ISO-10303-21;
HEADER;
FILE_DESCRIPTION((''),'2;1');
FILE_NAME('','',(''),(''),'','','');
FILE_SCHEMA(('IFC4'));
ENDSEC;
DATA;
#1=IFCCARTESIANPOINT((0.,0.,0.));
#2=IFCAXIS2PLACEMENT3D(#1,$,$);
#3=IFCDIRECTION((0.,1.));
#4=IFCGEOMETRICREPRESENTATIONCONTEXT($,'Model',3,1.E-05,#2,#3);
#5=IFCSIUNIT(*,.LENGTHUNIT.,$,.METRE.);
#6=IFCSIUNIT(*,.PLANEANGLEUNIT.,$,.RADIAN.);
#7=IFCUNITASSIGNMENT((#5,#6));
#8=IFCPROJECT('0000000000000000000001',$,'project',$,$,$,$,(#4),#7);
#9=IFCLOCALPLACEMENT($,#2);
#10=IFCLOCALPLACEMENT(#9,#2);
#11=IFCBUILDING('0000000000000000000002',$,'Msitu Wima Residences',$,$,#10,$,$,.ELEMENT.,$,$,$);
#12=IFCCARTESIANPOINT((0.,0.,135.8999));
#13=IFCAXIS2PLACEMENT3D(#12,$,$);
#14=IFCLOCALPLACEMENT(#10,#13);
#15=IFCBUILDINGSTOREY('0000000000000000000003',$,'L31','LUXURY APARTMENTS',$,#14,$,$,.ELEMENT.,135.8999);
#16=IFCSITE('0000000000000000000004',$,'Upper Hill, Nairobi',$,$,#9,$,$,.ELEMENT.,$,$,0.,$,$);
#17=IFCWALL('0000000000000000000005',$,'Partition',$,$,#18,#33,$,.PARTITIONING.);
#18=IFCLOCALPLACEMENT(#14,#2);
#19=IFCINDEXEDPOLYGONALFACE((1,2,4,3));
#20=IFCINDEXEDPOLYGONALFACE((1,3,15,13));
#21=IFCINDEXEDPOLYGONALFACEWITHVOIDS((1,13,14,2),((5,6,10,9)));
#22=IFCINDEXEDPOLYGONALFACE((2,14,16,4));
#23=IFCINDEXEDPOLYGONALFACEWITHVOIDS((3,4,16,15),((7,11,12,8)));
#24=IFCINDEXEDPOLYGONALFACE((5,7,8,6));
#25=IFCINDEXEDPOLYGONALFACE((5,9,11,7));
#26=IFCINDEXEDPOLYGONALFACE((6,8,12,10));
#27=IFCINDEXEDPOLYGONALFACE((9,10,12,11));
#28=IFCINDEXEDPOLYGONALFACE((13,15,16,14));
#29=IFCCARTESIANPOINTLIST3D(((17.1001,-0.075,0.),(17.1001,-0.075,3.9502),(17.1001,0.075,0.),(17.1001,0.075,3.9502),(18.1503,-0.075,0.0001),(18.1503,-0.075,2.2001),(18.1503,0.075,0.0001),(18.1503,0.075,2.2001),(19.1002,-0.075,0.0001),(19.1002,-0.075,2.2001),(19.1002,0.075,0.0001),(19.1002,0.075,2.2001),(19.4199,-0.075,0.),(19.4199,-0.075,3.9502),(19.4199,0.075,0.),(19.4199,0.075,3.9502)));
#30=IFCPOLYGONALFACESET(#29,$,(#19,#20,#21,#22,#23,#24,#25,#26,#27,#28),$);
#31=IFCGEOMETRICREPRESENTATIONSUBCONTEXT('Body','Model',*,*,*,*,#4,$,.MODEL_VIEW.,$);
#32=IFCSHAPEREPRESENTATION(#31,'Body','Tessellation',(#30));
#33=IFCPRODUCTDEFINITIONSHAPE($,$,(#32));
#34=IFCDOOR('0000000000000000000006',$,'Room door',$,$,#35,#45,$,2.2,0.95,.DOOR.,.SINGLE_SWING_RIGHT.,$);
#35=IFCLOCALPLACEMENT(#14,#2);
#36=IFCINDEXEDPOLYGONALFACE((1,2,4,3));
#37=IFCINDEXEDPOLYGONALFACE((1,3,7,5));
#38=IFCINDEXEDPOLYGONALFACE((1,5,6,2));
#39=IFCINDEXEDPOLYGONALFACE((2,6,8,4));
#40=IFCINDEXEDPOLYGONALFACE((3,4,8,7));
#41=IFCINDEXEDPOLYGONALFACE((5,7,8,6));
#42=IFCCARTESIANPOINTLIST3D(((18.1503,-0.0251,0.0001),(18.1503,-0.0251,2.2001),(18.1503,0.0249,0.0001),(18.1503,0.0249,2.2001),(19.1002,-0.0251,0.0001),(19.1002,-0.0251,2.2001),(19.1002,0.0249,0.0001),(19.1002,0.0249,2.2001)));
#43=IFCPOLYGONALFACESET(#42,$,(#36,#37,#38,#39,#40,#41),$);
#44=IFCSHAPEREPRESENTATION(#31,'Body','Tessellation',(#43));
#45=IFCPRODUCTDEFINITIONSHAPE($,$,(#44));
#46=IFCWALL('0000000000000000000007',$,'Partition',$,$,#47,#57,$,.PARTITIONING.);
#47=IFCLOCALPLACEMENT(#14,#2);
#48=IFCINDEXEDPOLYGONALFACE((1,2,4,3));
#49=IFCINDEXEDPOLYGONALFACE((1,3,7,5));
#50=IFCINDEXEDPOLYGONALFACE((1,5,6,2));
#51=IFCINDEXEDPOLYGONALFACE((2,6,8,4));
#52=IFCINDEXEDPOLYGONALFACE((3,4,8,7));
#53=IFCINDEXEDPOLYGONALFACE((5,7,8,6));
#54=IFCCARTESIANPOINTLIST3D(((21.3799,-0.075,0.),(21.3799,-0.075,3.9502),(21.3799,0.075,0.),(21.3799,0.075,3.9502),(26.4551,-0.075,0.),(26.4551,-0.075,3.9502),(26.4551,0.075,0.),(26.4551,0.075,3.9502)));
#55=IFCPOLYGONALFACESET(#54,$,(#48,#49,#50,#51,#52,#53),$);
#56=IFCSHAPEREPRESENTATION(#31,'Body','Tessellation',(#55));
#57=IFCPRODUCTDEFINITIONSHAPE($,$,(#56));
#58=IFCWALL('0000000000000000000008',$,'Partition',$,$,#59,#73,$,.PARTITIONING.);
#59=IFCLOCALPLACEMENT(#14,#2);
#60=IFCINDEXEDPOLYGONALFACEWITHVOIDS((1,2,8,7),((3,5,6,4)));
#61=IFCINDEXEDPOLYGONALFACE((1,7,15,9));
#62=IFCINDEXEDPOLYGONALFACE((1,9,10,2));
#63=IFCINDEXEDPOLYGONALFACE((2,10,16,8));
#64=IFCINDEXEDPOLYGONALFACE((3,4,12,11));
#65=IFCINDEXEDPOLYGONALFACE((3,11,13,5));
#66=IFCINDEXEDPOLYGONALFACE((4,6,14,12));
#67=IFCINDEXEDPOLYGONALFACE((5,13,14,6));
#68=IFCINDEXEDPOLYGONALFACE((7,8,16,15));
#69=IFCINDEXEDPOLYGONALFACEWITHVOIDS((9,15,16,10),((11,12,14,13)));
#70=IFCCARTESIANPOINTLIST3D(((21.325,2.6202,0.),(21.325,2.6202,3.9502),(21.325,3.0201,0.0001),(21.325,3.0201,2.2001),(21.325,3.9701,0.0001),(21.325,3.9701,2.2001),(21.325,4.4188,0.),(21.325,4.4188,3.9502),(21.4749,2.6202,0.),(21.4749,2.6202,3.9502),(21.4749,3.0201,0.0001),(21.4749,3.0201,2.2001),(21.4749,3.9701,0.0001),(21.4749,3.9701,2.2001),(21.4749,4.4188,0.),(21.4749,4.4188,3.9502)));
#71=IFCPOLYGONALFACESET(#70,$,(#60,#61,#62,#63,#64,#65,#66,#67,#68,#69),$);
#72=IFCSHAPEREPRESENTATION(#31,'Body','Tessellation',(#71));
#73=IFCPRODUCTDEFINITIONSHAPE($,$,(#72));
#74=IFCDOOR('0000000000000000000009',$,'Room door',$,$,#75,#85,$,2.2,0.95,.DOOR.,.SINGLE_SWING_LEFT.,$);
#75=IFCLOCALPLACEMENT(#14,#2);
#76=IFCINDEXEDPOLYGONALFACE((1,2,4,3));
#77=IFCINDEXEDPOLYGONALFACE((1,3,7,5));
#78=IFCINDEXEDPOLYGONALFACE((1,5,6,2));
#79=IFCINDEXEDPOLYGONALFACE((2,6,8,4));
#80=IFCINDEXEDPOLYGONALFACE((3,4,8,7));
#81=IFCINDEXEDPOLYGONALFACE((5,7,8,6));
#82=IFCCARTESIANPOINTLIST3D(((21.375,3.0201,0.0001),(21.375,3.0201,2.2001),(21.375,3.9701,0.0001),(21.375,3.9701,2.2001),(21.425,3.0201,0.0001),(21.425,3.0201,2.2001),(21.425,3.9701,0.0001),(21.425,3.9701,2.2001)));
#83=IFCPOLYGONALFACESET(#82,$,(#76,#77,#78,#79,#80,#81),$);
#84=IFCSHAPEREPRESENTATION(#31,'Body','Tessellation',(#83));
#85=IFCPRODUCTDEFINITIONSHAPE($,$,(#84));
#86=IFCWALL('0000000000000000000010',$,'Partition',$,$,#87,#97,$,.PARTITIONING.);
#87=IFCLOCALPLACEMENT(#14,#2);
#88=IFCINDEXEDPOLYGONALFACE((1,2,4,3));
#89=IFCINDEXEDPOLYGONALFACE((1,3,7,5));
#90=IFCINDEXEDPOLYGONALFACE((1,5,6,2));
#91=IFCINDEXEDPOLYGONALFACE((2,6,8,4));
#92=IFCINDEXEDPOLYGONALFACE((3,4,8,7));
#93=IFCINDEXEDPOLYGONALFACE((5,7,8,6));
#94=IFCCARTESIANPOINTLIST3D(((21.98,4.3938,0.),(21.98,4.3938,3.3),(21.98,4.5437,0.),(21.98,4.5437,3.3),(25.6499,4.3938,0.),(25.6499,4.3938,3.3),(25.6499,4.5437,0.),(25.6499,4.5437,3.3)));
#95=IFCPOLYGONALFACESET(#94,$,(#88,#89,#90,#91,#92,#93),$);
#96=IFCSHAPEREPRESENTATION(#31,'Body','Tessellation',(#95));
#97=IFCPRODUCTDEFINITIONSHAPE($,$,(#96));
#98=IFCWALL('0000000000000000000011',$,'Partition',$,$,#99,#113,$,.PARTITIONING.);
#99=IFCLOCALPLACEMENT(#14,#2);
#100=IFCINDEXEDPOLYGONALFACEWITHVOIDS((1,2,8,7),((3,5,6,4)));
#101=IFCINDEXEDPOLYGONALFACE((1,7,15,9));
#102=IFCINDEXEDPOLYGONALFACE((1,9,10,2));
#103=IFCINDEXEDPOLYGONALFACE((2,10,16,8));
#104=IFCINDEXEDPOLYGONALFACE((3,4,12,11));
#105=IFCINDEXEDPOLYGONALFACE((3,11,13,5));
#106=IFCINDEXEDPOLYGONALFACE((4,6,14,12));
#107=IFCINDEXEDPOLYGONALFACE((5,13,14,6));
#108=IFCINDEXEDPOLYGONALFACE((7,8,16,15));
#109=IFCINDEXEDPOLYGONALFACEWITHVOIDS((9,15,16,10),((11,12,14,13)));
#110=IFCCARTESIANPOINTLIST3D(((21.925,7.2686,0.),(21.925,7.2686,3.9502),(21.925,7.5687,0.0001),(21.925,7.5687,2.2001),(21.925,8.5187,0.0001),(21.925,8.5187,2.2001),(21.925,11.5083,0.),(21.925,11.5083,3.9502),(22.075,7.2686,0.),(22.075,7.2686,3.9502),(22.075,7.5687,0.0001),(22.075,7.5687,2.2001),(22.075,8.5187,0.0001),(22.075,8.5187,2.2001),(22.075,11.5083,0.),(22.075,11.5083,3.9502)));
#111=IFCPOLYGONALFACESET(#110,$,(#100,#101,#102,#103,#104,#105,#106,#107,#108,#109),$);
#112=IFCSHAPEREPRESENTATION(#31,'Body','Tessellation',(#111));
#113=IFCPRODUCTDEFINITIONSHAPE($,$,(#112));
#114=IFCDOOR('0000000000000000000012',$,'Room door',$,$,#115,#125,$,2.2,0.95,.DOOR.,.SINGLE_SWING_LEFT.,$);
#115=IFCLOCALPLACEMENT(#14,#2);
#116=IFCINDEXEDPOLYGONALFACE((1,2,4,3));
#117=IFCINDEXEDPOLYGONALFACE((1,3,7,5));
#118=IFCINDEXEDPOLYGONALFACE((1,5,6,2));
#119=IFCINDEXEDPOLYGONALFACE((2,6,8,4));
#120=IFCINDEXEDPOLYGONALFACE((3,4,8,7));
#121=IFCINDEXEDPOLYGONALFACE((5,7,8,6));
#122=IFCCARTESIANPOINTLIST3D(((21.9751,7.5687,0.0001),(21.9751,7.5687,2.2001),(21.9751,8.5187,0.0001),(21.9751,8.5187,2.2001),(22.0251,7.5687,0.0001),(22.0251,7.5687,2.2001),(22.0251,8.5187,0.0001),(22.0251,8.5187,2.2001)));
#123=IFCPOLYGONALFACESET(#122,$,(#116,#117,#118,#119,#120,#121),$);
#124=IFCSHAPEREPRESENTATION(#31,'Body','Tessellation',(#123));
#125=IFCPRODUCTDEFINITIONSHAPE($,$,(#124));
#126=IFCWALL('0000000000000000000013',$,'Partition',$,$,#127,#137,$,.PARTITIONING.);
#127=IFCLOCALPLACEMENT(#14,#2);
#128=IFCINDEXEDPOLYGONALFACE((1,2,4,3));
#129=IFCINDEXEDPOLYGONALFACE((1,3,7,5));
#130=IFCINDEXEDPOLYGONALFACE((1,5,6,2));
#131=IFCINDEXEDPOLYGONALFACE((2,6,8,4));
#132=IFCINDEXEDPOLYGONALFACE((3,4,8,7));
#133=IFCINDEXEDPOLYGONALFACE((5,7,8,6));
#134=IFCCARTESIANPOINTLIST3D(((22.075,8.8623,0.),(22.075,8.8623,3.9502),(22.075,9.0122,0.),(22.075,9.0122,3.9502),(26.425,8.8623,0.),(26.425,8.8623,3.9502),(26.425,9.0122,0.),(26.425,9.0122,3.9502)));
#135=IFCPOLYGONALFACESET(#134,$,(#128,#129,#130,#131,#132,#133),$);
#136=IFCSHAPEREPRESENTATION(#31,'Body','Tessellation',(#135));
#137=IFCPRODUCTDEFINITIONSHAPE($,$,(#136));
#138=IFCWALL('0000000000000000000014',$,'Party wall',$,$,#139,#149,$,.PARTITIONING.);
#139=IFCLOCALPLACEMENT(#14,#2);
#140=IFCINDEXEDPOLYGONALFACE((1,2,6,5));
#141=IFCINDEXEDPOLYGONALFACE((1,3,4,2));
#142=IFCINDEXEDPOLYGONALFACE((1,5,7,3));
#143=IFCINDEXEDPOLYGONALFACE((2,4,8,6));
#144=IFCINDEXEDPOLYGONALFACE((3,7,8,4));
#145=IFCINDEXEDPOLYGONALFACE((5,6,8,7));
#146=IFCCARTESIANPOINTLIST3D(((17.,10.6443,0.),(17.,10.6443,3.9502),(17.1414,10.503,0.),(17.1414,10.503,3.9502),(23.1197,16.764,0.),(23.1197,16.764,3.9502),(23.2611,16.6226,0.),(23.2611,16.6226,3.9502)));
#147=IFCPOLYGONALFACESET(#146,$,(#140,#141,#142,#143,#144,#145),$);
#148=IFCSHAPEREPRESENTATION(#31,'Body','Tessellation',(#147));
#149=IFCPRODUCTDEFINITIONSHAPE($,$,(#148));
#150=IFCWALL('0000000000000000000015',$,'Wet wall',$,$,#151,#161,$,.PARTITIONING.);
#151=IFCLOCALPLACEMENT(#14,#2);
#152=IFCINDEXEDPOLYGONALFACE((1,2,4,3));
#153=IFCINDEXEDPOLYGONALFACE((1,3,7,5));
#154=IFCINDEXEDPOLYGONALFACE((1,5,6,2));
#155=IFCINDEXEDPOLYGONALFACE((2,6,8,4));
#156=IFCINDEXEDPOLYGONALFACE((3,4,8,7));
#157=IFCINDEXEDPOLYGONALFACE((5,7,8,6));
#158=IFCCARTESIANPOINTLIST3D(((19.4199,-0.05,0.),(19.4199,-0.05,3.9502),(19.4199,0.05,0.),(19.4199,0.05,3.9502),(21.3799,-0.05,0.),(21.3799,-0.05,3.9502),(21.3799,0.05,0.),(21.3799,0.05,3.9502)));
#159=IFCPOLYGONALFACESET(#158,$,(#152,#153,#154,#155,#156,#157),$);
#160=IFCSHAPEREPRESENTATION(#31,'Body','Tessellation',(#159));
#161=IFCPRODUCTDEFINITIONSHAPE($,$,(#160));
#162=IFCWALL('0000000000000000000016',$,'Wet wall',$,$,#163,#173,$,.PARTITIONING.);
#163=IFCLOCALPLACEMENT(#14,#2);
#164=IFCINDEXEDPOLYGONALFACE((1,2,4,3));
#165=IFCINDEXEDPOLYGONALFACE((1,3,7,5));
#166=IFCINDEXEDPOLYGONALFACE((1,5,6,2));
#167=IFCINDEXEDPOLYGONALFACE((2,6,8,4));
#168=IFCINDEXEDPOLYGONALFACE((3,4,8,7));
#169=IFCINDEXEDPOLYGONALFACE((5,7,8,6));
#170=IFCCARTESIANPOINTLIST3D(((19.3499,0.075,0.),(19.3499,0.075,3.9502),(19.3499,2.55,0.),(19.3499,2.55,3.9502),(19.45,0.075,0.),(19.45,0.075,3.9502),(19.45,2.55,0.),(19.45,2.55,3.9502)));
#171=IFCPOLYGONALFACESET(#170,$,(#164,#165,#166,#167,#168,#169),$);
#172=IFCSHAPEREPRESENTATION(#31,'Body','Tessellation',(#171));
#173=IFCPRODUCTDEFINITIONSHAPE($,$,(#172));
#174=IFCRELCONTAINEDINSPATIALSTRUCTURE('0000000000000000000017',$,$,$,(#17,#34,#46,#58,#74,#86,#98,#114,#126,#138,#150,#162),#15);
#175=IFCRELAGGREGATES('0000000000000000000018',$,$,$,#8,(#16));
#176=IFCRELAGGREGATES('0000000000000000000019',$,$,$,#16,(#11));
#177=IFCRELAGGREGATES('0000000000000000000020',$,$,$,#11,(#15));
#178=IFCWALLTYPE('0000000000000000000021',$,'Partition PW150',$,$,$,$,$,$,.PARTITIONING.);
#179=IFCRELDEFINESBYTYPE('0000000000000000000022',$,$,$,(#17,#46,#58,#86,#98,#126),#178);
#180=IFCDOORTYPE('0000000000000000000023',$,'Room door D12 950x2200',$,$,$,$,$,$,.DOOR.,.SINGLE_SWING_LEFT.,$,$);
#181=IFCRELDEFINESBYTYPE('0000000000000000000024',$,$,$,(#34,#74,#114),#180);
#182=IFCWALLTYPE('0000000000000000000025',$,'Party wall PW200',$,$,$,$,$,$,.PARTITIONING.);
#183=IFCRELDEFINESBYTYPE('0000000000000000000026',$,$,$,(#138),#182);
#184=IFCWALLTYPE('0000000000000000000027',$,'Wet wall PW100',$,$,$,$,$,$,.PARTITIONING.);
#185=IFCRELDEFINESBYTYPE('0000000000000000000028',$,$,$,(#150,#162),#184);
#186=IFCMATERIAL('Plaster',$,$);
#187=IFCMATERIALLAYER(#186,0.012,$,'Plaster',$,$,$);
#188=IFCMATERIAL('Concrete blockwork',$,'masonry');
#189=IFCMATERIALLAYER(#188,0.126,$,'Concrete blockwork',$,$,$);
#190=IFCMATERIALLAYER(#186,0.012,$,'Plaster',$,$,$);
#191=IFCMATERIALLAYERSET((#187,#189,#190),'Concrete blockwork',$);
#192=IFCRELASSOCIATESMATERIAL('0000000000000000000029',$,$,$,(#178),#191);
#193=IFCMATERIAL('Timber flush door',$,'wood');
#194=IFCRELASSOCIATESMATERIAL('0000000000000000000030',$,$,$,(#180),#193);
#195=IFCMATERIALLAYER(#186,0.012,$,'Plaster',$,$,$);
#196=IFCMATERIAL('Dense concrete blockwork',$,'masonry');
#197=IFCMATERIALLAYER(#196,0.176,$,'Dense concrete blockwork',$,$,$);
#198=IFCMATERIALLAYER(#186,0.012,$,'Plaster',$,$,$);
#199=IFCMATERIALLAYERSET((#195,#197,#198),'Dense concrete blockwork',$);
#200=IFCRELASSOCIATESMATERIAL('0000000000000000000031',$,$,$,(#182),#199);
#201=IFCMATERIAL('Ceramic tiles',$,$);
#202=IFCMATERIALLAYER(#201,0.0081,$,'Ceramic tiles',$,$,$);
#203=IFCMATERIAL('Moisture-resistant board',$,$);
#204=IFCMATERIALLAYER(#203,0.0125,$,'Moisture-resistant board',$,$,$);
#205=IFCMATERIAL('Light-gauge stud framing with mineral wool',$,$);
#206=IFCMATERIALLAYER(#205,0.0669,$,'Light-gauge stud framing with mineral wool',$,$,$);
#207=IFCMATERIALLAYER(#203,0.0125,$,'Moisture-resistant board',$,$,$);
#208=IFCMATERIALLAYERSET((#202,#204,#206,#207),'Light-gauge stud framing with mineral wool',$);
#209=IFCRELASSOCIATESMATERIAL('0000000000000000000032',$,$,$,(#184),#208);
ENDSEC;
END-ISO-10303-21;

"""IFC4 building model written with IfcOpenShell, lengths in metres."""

from ifc_helpers import new_model, si_unit, direction, frame, frame_2d, origin, place, context, subcontext, project, spatial, rectangle, extrude, material, layer, layer_set, type_object, element, fill, save


model = new_model("IFC4")

# Units and contexts
model_context = context("Model", 3, precision=1e-05, world=origin(), true_north=direction((0.0, 1.0)))
body_context = subcontext(model_context, "Body", "Model", "MODEL_VIEW")
ifc_project = project(units=[si_unit("LENGTHUNIT", "METRE"), si_unit("PLANEANGLEUNIT", "RADIAN")], contexts=[model_context])

# Site, building, storey
site_placement = place(None, origin())
site = spatial("IfcSite", under=ifc_project, at=site_placement, Name="Upper Hill, Nairobi", CompositionType="ELEMENT", RefElevation=0.0)
building_placement = place(site_placement, origin())
building = spatial("IfcBuilding", under=site, at=building_placement, Name="Msitu Wima Residences", CompositionType="ELEMENT")
storey_placement = place(building_placement, frame((0.0, 0.0, 135.8999)))
storey = spatial("IfcBuildingStorey", under=building, at=storey_placement, Name="L31", Description="LUXURY APARTMENTS", CompositionType="ELEMENT", Elevation=135.8999)

# Wall, opening, door
ifc_material_1 = material(Name="Plaster")
ifc_layer_1 = layer(ifc_material_1, 0.012, Name="Plaster")
ifc_material_2 = material(Name="Concrete blockwork", Category="masonry")
ifc_layer_2 = layer(ifc_material_2, 0.126, Name="Concrete blockwork")
ifc_layer_3 = layer(ifc_material_1, 0.012, Name="Plaster")
ifc_layer_set_1 = layer_set([ifc_layer_1, ifc_layer_2, ifc_layer_3], Name="Concrete blockwork")
wall_type_1 = type_object("IfcWallType", Name="Partition PW150", PredefinedType="PARTITIONING", material=ifc_layer_set_1)
wall_1_placement = place(storey_placement, frame((17.1001, 0.0, 0.0), z_axis=(0.0, 0.0, 1.0), x_axis=(1.0, 0.0, 0.0)))
wall_1 = element("IfcWall", 1, at=wall_1_placement, inside=storey, type_object=wall_type_1, Name="Partition", PredefinedType="PARTITIONING", context=body_context, shape_type="SweptSolid", body=[
    extrude(rectangle(XDim=2.3198, YDim=0.1499, at=frame_2d((1.1599, 0.0))), origin(), (0.0, 0.0, 1.0), 3.9502),
])
opening_1_placement = place(wall_1_placement, frame((1.05, 0.0, 0.0)))
opening_1 = element("IfcOpeningElement", 2, at=opening_1_placement, cuts=wall_1, PredefinedType="OPENING", context=body_context, shape_type="SweptSolid", body=[
    extrude(rectangle(XDim=0.95, YDim=2.2, at=frame_2d((0.4751, 1.1001))), frame((0.0, 0.085, 0.0), z_axis=(0.0, -1.0, 0.0), x_axis=(1.0, 0.0, 0.0)), (0.0, 0.0, 1.0), 0.1699),
])
ifc_material_3 = material(Name="Timber flush door", Category="wood")
door_type_1 = type_object("IfcDoorType", Name="Room door D12 950x2200", OperationType="SINGLE_SWING_LEFT", PredefinedType="DOOR", material=ifc_material_3)
door_1_placement = place(opening_1_placement, origin())
door_1 = element("IfcDoor", 3, at=door_1_placement, inside=storey, type_object=door_type_1, Name="Room door", OperationType="SINGLE_SWING_RIGHT", OverallHeight=2.2, OverallWidth=0.95, PredefinedType="DOOR", context=body_context, shape_type="SweptSolid", body=[
    extrude(rectangle(XDim=0.95, YDim=2.2, at=frame_2d((0.4751, 1.1001))), frame((0.0, 0.0249, 0.0), z_axis=(0.0, -1.0, 0.0), x_axis=(1.0, 0.0, 0.0)), (0.0, 0.0, 1.0), 0.05),
])
fill(opening_1, door_1)

# Wall
wall_2_placement = place(storey_placement, frame((21.3799, 0.0, 0.0), z_axis=(0.0, 0.0, 1.0), x_axis=(1.0, 0.0, 0.0)))
element("IfcWall", 4, at=wall_2_placement, inside=storey, type_object=wall_type_1, Name="Partition", PredefinedType="PARTITIONING", context=body_context, shape_type="SweptSolid", body=[
    extrude(rectangle(XDim=5.0752, YDim=0.1499, at=frame_2d((2.5376, 0.0))), origin(), (0.0, 0.0, 1.0), 3.9502),
])

# Wall, opening, door
wall_3_placement = place(storey_placement, frame((21.3999, 2.6201, 0.0), z_axis=(0.0, 0.0, 1.0), x_axis=(0.0, 1.0, 0.0)))
wall_3 = element("IfcWall", 5, at=wall_3_placement, inside=storey, type_object=wall_type_1, Name="Partition", PredefinedType="PARTITIONING", context=body_context, shape_type="SweptSolid", body=[
    extrude(rectangle(XDim=1.7986, YDim=0.1499, at=frame_2d((0.8994, 0.0))), origin(), (0.0, 0.0, 1.0), 3.9502),
])
opening_2_placement = place(wall_3_placement, frame((0.3999, 0.0, 0.0)))
opening_2 = element("IfcOpeningElement", 6, at=opening_2_placement, cuts=wall_3, PredefinedType="OPENING", context=body_context, shape_type="SweptSolid", body=[
    extrude(rectangle(XDim=0.95, YDim=2.2, at=frame_2d((0.4751, 1.1001))), frame((0.0, 0.085, 0.0), z_axis=(0.0, -1.0, 0.0), x_axis=(1.0, 0.0, 0.0)), (0.0, 0.0, 1.0), 0.1699),
])
door_2_placement = place(opening_2_placement, origin())
door_2 = element("IfcDoor", 7, at=door_2_placement, inside=storey, type_object=door_type_1, Name="Room door", OperationType="SINGLE_SWING_LEFT", OverallHeight=2.2, OverallWidth=0.95, PredefinedType="DOOR", context=body_context, shape_type="SweptSolid", body=[
    extrude(rectangle(XDim=0.95, YDim=2.2, at=frame_2d((0.4751, 1.1001))), frame((0.0, 0.0249, 0.0), z_axis=(0.0, -1.0, 0.0), x_axis=(1.0, 0.0, 0.0)), (0.0, 0.0, 1.0), 0.05),
])
fill(opening_2, door_2)

# Wall
wall_4_placement = place(storey_placement, frame((21.98, 4.4688, 0.0), z_axis=(0.0, 0.0, 1.0), x_axis=(1.0, 0.0, 0.0)))
element("IfcWall", 8, at=wall_4_placement, inside=storey, type_object=wall_type_1, Name="Partition", PredefinedType="PARTITIONING", context=body_context, shape_type="SweptSolid", body=[
    extrude(rectangle(XDim=3.6699, YDim=0.1499, at=frame_2d((1.835, 0.0))), origin(), (0.0, 0.0, 1.0), 3.3),
])

# Wall, opening, door
wall_5_placement = place(storey_placement, frame((22.0, 7.2686, 0.0), z_axis=(0.0, 0.0, 1.0), x_axis=(0.0, 1.0, 0.0)))
wall_5 = element("IfcWall", 9, at=wall_5_placement, inside=storey, type_object=wall_type_1, Name="Partition", PredefinedType="PARTITIONING", context=body_context, shape_type="SweptSolid", body=[
    extrude(rectangle(XDim=4.2397, YDim=0.1499, at=frame_2d((2.1199, 0.0))), origin(), (0.0, 0.0, 1.0), 3.9502),
])
opening_3_placement = place(wall_5_placement, frame((0.3, 0.0, 0.0)))
opening_3 = element("IfcOpeningElement", 10, at=opening_3_placement, cuts=wall_5, PredefinedType="OPENING", context=body_context, shape_type="SweptSolid", body=[
    extrude(rectangle(XDim=0.95, YDim=2.2, at=frame_2d((0.4751, 1.1001))), frame((0.0, 0.085, 0.0), z_axis=(0.0, -1.0, 0.0), x_axis=(1.0, 0.0, 0.0)), (0.0, 0.0, 1.0), 0.1699),
])
door_3_placement = place(opening_3_placement, origin())
door_3 = element("IfcDoor", 11, at=door_3_placement, inside=storey, type_object=door_type_1, Name="Room door", OperationType="SINGLE_SWING_LEFT", OverallHeight=2.2, OverallWidth=0.95, PredefinedType="DOOR", context=body_context, shape_type="SweptSolid", body=[
    extrude(rectangle(XDim=0.95, YDim=2.2, at=frame_2d((0.4751, 1.1001))), frame((0.0, 0.0249, 0.0), z_axis=(0.0, -1.0, 0.0), x_axis=(1.0, 0.0, 0.0)), (0.0, 0.0, 1.0), 0.05),
])
fill(opening_3, door_3)

# Walls
wall_6_placement = place(storey_placement, frame((22.075, 8.9373, 0.0), z_axis=(0.0, 0.0, 1.0), x_axis=(1.0, 0.0, 0.0)))
element("IfcWall", 12, at=wall_6_placement, inside=storey, type_object=wall_type_1, Name="Partition", PredefinedType="PARTITIONING", context=body_context, shape_type="SweptSolid", body=[
    extrude(rectangle(XDim=4.3501, YDim=0.1499, at=frame_2d((2.175, 0.0))), origin(), (0.0, 0.0, 1.0), 3.9502),
])
ifc_layer_4 = layer(ifc_material_1, 0.012, Name="Plaster")
ifc_material_4 = material(Name="Dense concrete blockwork", Category="masonry")
ifc_layer_5 = layer(ifc_material_4, 0.176, Name="Dense concrete blockwork")
ifc_layer_6 = layer(ifc_material_1, 0.012, Name="Plaster")
ifc_layer_set_2 = layer_set([ifc_layer_4, ifc_layer_5, ifc_layer_6], Name="Dense concrete blockwork")
wall_type_2 = type_object("IfcWallType", Name="Party wall PW200", PredefinedType="PARTITIONING", material=ifc_layer_set_2)
wall_7_placement = place(storey_placement, frame((17.0708, 10.5737, 0.0), z_axis=(0.0, 0.0, 1.0), x_axis=(0.707107, 0.707107, 0.0)))
element("IfcWall", 13, at=wall_7_placement, inside=storey, type_object=wall_type_2, Name="Party wall", PredefinedType="PARTITIONING", context=body_context, shape_type="SweptSolid", body=[
    extrude(rectangle(XDim=8.6545, YDim=0.2, at=frame_2d((4.3271, 0.0))), origin(), (0.0, 0.0, 1.0), 3.9502),
])
ifc_material_5 = material(Name="Ceramic tiles")
ifc_layer_7 = layer(ifc_material_5, 0.0081, Name="Ceramic tiles")
ifc_material_6 = material(Name="Moisture-resistant board")
ifc_layer_8 = layer(ifc_material_6, 0.0125, Name="Moisture-resistant board")
ifc_material_7 = material(Name="Light-gauge stud framing with mineral wool")
ifc_layer_9 = layer(ifc_material_7, 0.0669, Name="Light-gauge stud framing with mineral wool")
ifc_layer_10 = layer(ifc_material_6, 0.0125, Name="Moisture-resistant board")
ifc_layer_set_3 = layer_set([ifc_layer_7, ifc_layer_8, ifc_layer_9, ifc_layer_10], Name="Light-gauge stud framing with mineral wool")
wall_type_3 = type_object("IfcWallType", Name="Wet wall PW100", PredefinedType="PARTITIONING", material=ifc_layer_set_3)
wall_8_placement = place(storey_placement, frame((19.4199, 0.0, 0.0), z_axis=(0.0, 0.0, 1.0), x_axis=(1.0, 0.0, 0.0)))
element("IfcWall", 14, at=wall_8_placement, inside=storey, type_object=wall_type_3, Name="Wet wall", PredefinedType="PARTITIONING", context=body_context, shape_type="SweptSolid", body=[
    extrude(rectangle(XDim=1.96, YDim=0.1001, at=frame_2d((0.98, 0.0))), origin(), (0.0, 0.0, 1.0), 3.9502),
])
wall_9_placement = place(storey_placement, frame((19.3999, 0.075, 0.0), z_axis=(0.0, 0.0, 1.0), x_axis=(0.0, 1.0, 0.0)))
element("IfcWall", 15, at=wall_9_placement, inside=storey, type_object=wall_type_3, Name="Wet wall", PredefinedType="PARTITIONING", context=body_context, shape_type="SweptSolid", body=[
    extrude(rectangle(XDim=2.4751, YDim=0.1001, at=frame_2d((1.2375, 0.0))), origin(), (0.0, 0.0, 1.0), 3.9502),
])

save(model, "model.ifc")
